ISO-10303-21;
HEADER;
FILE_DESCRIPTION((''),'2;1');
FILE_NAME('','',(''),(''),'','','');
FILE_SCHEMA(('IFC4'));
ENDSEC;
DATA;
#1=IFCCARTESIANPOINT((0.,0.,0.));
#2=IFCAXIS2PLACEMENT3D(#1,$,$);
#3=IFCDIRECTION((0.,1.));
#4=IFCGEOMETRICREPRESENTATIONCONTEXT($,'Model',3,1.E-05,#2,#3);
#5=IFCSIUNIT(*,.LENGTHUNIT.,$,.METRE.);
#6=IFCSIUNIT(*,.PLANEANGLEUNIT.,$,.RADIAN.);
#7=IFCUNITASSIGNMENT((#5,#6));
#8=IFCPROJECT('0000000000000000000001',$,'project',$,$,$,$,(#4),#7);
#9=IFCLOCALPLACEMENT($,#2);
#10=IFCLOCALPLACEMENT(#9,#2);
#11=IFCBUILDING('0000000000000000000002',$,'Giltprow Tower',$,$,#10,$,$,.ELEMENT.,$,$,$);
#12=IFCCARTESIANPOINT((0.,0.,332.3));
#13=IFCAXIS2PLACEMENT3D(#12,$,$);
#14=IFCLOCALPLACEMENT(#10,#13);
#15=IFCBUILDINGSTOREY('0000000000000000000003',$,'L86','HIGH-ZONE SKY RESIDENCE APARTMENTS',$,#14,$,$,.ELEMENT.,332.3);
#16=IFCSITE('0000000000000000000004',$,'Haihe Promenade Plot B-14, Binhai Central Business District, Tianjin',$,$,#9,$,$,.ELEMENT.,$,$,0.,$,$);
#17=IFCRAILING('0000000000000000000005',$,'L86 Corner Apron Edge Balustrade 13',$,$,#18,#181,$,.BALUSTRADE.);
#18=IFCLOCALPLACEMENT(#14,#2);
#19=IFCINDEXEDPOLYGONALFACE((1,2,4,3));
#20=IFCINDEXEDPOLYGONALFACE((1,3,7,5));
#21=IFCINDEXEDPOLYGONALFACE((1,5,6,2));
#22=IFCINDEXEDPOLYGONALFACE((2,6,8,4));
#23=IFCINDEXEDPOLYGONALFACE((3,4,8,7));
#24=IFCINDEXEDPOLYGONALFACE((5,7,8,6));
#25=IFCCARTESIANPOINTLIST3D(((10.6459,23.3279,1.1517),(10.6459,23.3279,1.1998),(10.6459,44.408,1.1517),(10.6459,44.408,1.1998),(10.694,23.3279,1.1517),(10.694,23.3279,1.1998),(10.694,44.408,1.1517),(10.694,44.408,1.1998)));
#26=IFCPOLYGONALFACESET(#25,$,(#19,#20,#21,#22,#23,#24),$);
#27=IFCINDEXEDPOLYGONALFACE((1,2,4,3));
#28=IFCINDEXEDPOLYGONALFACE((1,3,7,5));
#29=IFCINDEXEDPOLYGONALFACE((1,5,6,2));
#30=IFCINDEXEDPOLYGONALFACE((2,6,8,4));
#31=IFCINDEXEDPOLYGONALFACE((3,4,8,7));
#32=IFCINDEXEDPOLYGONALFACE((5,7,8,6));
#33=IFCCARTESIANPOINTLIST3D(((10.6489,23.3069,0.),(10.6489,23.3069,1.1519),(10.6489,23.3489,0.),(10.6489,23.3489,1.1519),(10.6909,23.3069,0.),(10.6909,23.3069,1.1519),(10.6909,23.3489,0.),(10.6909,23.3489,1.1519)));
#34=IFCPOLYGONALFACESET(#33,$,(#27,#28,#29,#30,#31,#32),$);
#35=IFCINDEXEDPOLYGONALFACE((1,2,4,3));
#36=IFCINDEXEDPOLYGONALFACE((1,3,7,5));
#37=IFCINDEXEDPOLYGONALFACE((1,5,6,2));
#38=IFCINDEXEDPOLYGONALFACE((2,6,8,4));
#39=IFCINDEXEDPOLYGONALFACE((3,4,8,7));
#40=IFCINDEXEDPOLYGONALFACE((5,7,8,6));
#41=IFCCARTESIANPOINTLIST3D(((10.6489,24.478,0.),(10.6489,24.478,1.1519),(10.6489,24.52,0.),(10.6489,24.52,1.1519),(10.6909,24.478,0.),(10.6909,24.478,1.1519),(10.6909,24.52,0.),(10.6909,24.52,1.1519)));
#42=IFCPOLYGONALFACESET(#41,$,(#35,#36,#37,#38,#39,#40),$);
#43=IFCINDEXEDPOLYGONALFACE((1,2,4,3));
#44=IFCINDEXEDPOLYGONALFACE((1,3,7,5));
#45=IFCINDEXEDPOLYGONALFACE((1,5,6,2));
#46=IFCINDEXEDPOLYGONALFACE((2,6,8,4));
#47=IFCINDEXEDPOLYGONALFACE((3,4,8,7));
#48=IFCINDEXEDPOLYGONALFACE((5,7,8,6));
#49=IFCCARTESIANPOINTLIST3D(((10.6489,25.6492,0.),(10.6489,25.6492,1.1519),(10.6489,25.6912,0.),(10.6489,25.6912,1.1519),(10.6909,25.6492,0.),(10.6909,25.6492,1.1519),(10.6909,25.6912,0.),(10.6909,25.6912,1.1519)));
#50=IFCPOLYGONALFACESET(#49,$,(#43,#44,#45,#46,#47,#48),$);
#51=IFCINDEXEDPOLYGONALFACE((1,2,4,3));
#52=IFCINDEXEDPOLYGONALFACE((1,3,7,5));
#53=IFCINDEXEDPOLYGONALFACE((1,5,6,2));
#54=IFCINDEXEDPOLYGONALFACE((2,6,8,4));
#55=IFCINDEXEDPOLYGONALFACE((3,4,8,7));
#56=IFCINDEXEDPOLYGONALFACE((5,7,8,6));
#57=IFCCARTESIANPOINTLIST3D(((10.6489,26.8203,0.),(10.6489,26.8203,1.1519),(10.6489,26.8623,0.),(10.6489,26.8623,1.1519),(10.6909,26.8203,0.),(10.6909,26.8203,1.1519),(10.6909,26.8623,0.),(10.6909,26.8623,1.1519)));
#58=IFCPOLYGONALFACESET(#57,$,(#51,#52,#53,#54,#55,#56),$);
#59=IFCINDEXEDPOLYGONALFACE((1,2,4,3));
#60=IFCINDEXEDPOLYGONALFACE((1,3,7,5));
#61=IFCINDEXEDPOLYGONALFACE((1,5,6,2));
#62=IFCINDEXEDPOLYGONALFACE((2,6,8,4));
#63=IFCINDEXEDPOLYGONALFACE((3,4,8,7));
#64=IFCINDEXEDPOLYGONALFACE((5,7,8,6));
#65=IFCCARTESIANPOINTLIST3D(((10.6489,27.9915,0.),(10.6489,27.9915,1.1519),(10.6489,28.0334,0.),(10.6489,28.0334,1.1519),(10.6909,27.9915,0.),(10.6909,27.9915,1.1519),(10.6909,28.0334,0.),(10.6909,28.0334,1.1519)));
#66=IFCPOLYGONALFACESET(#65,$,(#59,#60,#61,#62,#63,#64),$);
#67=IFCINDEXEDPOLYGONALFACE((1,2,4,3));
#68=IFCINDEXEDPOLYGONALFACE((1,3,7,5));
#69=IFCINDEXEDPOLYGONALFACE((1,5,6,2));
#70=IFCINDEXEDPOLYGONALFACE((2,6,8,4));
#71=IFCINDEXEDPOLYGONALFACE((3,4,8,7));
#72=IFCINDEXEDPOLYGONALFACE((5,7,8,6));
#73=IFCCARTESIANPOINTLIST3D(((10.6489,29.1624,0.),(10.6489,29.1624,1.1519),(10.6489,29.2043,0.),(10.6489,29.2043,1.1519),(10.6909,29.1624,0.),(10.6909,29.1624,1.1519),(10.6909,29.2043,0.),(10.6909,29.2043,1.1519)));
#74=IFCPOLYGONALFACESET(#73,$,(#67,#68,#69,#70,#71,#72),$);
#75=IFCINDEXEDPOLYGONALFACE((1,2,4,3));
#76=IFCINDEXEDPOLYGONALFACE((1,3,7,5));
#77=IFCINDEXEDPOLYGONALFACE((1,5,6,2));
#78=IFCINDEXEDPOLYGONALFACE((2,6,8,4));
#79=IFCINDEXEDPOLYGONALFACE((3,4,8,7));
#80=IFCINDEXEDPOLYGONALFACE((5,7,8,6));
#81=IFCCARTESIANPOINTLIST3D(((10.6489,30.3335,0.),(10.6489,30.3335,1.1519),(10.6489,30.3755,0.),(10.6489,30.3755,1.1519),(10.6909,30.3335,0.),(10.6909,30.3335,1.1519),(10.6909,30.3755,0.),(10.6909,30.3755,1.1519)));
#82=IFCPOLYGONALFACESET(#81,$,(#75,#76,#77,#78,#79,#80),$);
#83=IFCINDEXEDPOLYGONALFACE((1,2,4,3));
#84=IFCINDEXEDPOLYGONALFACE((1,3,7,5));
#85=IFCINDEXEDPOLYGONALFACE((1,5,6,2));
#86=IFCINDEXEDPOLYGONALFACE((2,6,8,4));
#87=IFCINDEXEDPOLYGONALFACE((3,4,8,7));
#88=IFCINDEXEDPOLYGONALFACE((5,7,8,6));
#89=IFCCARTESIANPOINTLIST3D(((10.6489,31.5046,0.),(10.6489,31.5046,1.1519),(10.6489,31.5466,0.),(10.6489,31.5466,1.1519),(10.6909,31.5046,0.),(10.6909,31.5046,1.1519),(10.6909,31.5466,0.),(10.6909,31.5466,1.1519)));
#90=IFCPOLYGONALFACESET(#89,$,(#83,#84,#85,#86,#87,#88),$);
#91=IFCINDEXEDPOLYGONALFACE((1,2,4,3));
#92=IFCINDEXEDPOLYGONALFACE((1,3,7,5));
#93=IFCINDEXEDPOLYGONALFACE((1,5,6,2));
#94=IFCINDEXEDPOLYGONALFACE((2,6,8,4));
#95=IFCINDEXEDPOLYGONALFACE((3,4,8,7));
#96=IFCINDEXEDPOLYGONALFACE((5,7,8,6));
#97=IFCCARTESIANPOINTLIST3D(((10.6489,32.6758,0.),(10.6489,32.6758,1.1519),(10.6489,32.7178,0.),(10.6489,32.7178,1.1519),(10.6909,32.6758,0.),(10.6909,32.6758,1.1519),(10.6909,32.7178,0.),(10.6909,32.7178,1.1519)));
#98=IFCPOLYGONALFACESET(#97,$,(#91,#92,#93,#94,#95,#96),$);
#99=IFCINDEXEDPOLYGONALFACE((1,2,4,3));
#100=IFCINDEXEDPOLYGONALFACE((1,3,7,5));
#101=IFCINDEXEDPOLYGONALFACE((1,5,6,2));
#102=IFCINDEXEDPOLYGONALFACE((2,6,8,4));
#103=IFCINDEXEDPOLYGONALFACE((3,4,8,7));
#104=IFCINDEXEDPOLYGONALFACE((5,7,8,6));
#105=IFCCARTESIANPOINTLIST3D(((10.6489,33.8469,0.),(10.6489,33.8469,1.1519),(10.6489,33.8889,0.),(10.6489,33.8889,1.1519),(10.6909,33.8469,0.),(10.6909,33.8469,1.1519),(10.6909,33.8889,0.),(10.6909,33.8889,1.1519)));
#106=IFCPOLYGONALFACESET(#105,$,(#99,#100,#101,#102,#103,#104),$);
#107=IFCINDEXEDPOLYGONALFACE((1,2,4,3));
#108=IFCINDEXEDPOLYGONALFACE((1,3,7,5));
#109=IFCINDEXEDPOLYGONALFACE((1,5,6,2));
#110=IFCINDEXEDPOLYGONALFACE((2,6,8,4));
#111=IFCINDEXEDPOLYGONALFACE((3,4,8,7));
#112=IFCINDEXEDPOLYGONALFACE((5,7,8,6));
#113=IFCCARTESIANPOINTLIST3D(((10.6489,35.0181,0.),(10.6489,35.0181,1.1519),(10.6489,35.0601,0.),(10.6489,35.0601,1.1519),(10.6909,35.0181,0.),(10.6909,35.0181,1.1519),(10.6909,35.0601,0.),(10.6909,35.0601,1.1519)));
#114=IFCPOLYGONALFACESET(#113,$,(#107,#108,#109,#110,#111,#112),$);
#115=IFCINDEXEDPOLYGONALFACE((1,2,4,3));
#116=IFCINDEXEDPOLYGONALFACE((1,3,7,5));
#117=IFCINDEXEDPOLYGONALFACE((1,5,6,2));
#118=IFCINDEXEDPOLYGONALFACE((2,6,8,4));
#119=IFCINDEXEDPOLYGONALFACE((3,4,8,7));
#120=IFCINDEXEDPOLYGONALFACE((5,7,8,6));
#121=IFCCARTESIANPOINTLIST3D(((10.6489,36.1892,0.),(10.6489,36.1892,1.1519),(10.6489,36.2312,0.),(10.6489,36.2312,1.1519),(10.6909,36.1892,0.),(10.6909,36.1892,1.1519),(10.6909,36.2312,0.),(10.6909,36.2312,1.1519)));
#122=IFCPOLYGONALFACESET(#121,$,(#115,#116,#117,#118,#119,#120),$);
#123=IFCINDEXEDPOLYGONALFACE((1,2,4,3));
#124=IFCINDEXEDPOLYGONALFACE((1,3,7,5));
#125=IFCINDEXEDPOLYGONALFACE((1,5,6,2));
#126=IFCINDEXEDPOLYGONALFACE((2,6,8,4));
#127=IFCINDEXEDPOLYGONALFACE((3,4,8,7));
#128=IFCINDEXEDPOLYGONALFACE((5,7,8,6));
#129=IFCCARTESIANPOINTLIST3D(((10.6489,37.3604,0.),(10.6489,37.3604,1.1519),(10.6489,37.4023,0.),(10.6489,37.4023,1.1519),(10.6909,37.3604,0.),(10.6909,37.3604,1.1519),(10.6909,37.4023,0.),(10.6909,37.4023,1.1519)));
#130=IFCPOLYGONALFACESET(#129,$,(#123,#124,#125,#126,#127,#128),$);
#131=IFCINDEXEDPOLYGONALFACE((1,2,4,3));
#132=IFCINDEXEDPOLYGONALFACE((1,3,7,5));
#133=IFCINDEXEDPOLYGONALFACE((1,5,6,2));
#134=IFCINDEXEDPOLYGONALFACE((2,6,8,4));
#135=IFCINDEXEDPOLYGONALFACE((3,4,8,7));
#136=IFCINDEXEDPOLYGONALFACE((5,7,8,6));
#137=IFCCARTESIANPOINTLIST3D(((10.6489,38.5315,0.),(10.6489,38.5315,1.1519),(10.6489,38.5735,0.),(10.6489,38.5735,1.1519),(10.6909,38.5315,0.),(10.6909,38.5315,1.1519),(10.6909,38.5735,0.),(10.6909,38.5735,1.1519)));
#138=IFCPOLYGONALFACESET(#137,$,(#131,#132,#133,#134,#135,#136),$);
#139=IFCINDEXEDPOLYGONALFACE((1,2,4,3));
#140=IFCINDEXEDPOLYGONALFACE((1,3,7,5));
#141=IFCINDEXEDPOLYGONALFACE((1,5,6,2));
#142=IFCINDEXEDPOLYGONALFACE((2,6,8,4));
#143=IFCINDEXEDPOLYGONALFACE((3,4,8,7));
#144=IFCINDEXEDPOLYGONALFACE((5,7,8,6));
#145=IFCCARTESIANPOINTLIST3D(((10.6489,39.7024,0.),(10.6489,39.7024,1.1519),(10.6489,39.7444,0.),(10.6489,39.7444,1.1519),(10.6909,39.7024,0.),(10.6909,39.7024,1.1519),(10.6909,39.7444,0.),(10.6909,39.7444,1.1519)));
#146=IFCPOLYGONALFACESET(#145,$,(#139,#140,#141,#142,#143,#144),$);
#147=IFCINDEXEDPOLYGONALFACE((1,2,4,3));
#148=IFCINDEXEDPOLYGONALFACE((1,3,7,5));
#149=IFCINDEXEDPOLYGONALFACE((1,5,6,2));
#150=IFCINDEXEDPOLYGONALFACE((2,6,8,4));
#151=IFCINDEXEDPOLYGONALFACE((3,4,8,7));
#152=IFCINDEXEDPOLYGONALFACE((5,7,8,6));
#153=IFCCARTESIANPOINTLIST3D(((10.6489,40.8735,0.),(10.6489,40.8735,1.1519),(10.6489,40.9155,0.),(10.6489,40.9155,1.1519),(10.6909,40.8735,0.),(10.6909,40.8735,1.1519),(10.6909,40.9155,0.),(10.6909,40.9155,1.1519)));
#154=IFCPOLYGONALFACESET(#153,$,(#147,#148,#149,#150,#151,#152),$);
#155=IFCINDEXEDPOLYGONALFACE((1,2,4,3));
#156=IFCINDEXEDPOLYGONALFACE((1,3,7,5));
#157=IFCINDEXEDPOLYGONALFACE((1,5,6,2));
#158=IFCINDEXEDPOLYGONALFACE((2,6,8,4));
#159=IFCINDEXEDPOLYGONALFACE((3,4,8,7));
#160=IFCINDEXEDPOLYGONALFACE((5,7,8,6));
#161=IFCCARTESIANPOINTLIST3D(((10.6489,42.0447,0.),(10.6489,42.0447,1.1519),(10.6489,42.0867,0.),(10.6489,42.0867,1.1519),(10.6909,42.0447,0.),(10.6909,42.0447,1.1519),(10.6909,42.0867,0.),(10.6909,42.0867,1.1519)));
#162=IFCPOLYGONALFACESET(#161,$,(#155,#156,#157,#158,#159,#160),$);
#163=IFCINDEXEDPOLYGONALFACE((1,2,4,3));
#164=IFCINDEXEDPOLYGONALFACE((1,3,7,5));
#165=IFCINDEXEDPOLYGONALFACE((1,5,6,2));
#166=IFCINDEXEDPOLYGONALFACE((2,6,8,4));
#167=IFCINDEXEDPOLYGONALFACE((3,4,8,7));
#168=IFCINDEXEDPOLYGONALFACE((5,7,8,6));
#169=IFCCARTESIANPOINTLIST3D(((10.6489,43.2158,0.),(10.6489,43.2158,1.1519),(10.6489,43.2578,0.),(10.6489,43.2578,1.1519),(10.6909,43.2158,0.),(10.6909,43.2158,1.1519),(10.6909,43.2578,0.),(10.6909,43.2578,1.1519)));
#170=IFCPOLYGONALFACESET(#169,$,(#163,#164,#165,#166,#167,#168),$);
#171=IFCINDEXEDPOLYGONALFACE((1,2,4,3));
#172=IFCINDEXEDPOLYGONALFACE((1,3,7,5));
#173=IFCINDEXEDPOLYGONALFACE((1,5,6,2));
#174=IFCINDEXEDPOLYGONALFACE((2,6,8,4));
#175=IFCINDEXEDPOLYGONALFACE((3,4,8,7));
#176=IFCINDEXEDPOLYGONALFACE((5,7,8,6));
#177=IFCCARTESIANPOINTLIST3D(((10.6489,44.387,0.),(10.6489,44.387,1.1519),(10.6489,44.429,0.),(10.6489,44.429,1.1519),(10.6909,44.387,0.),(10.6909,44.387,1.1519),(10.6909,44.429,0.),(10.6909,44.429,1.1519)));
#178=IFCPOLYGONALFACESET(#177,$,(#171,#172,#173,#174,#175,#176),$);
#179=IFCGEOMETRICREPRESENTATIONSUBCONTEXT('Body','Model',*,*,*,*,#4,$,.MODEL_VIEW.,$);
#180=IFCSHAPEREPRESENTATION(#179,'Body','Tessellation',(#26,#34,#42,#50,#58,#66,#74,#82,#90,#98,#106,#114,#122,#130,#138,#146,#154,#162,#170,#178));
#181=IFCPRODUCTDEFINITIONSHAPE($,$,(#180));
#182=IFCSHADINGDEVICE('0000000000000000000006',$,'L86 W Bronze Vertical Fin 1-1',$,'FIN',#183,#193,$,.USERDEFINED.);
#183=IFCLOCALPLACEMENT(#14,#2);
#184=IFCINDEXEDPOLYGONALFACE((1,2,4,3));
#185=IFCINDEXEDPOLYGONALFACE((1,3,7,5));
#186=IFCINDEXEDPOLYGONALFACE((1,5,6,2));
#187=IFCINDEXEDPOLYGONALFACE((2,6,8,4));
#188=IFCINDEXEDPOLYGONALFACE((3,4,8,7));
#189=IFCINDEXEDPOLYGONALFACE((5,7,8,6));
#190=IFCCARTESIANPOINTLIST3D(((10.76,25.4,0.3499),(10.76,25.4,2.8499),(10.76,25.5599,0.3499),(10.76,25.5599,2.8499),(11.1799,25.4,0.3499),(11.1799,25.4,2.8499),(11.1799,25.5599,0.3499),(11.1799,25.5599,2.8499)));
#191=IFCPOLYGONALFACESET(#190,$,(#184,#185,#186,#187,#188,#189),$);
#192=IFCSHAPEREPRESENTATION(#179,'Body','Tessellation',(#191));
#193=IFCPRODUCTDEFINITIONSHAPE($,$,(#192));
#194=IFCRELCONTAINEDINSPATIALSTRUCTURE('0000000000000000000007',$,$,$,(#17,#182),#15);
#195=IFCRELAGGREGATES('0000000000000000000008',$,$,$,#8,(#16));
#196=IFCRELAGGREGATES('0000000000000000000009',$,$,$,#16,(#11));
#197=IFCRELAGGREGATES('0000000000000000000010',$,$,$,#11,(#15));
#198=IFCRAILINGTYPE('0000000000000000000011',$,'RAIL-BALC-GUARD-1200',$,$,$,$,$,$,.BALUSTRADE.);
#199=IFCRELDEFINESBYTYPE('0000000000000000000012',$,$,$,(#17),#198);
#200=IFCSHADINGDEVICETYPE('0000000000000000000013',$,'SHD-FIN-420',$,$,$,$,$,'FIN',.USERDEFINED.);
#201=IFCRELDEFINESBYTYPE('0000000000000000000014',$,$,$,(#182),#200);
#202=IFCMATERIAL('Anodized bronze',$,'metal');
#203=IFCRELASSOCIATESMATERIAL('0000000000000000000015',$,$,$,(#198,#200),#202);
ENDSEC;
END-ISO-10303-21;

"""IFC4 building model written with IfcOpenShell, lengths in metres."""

from ifc_helpers import new_model, si_unit, direction, frame, origin, origin_2d, place, context, subcontext, project, spatial, rectangle, extrude, source, transform, mapped, material, type_object, element, save


model = new_model("IFC4")

# Units and contexts
model_context = context("Model", 3, precision=1e-05, world=origin(), true_north=direction((0.0, 1.0)))
body_context = subcontext(model_context, "Body", "Model", "MODEL_VIEW")
ifc_project = project(units=[si_unit("LENGTHUNIT", "METRE"), si_unit("PLANEANGLEUNIT", "RADIAN")], contexts=[model_context])

# Site, building, storey
site_placement = place(None, origin())
site = spatial("IfcSite", under=ifc_project, at=site_placement, Name="Haihe Promenade Plot B-14, Binhai Central Business District, Tianjin", CompositionType="ELEMENT", RefElevation=0.0)
building_placement = place(site_placement, origin())
building = spatial("IfcBuilding", under=site, at=building_placement, Name="Giltprow Tower", CompositionType="ELEMENT")
storey_placement = place(building_placement, frame((0.0, 0.0, 332.3)))
storey = spatial("IfcBuildingStorey", under=building, at=storey_placement, Name="L86", Description="HIGH-ZONE SKY RESIDENCE APARTMENTS", CompositionType="ELEMENT", Elevation=332.3)

# Shared definitions
ifc_material_1 = material(Name="Anodized bronze", Category="metal")

# Railing
railing_type = type_object("IfcRailingType", Name="RAIL-BALC-GUARD-1200", PredefinedType="BALUSTRADE", material=ifc_material_1)
railing_1_placement = place(storey_placement, frame((10.6699, 23.3279, 0.0)))
element("IfcRailing", 1, at=railing_1_placement, inside=storey, type_object=railing_type, Name="L86 Corner Apron Edge Balustrade 13", PredefinedType="BALUSTRADE", context=body_context, shape_type="SweptSolid", body=[
    extrude(rectangle(XDim=0.0481, YDim=0.0481, at=origin_2d()), frame((0.0, 0.0, 1.1758), z_axis=(0.0, 1.0, 0.0), x_axis=(-1.0, 0.0, 0.0)), (0.0, 0.0, 1.0), 21.0801),
    extrude(rectangle(XDim=0.042, YDim=0.042, at=origin_2d()), origin(), (0.0, 0.0, 1.0), 1.1519),
    extrude(rectangle(XDim=0.042, YDim=0.042, at=origin_2d()), frame((0.0, 1.1711, 0.0)), (0.0, 0.0, 1.0), 1.1519),
    extrude(rectangle(XDim=0.042, YDim=0.042, at=origin_2d()), frame((0.0, 2.3423, 0.0)), (0.0, 0.0, 1.0), 1.1519),
    extrude(rectangle(XDim=0.042, YDim=0.042, at=origin_2d()), frame((0.0, 3.5134, 0.0)), (0.0, 0.0, 1.0), 1.1519),
    extrude(rectangle(XDim=0.042, YDim=0.042, at=origin_2d()), frame((0.0, 4.6846, 0.0)), (0.0, 0.0, 1.0), 1.1519),
    extrude(rectangle(XDim=0.042, YDim=0.042, at=origin_2d()), frame((0.0, 5.8555, 0.0)), (0.0, 0.0, 1.0), 1.1519),
    extrude(rectangle(XDim=0.042, YDim=0.042, at=origin_2d()), frame((0.0, 7.0266, 0.0)), (0.0, 0.0, 1.0), 1.1519),
    extrude(rectangle(XDim=0.042, YDim=0.042, at=origin_2d()), frame((0.0, 8.1978, 0.0)), (0.0, 0.0, 1.0), 1.1519),
    extrude(rectangle(XDim=0.042, YDim=0.042, at=origin_2d()), frame((0.0, 9.3689, 0.0)), (0.0, 0.0, 1.0), 1.1519),
    extrude(rectangle(XDim=0.042, YDim=0.042, at=origin_2d()), frame((0.0, 10.54, 0.0)), (0.0, 0.0, 1.0), 1.1519),
    extrude(rectangle(XDim=0.042, YDim=0.042, at=origin_2d()), frame((0.0, 11.7112, 0.0)), (0.0, 0.0, 1.0), 1.1519),
    extrude(rectangle(XDim=0.042, YDim=0.042, at=origin_2d()), frame((0.0, 12.8823, 0.0)), (0.0, 0.0, 1.0), 1.1519),
    extrude(rectangle(XDim=0.042, YDim=0.042, at=origin_2d()), frame((0.0, 14.0535, 0.0)), (0.0, 0.0, 1.0), 1.1519),
    extrude(rectangle(XDim=0.042, YDim=0.042, at=origin_2d()), frame((0.0, 15.2246, 0.0)), (0.0, 0.0, 1.0), 1.1519),
    extrude(rectangle(XDim=0.042, YDim=0.042, at=origin_2d()), frame((0.0, 16.3955, 0.0)), (0.0, 0.0, 1.0), 1.1519),
    extrude(rectangle(XDim=0.042, YDim=0.042, at=origin_2d()), frame((0.0, 17.5667, 0.0)), (0.0, 0.0, 1.0), 1.1519),
    extrude(rectangle(XDim=0.042, YDim=0.042, at=origin_2d()), frame((0.0, 18.7378, 0.0)), (0.0, 0.0, 1.0), 1.1519),
    extrude(rectangle(XDim=0.042, YDim=0.042, at=origin_2d()), frame((0.0, 19.9089, 0.0)), (0.0, 0.0, 1.0), 1.1519),
    extrude(rectangle(XDim=0.042, YDim=0.042, at=origin_2d()), frame((0.0, 21.0801, 0.0)), (0.0, 0.0, 1.0), 1.1519),
])

# Shading device
shading_device_type = type_object("IfcShadingDeviceType", Name="SHD-FIN-420", ElementType="FIN", PredefinedType="USERDEFINED", material=ifc_material_1)
shared_shape_1 = source(origin(), body_context, "Body", "SweptSolid", [
    extrude(rectangle(XDim=0.4199, YDim=0.1599, at=origin_2d()), origin(), (0.0, 0.0, 1.0), 2.5),
])
shading_device_placement = place(storey_placement, frame((10.97, 25.48, 0.3499), z_axis=(0.0, 0.0, 1.0), x_axis=(1.0, 0.0, 0.0)))
element("IfcShadingDevice", 2, at=shading_device_placement, inside=storey, type_object=shading_device_type, Name="L86 W Bronze Vertical Fin 1-1", ObjectType="FIN", PredefinedType="USERDEFINED", context=body_context, shape_type="MappedRepresentation", body=[
    mapped(shared_shape_1, transform((0.0, 0.0, 0.0), x_axis=(1.0, 0.0, 0.0), y_axis=(0.0, 1.0, 0.0), z_axis=(0.0, 0.0, 1.0), scale=1.0)),
])

save(model, "model.ifc")
